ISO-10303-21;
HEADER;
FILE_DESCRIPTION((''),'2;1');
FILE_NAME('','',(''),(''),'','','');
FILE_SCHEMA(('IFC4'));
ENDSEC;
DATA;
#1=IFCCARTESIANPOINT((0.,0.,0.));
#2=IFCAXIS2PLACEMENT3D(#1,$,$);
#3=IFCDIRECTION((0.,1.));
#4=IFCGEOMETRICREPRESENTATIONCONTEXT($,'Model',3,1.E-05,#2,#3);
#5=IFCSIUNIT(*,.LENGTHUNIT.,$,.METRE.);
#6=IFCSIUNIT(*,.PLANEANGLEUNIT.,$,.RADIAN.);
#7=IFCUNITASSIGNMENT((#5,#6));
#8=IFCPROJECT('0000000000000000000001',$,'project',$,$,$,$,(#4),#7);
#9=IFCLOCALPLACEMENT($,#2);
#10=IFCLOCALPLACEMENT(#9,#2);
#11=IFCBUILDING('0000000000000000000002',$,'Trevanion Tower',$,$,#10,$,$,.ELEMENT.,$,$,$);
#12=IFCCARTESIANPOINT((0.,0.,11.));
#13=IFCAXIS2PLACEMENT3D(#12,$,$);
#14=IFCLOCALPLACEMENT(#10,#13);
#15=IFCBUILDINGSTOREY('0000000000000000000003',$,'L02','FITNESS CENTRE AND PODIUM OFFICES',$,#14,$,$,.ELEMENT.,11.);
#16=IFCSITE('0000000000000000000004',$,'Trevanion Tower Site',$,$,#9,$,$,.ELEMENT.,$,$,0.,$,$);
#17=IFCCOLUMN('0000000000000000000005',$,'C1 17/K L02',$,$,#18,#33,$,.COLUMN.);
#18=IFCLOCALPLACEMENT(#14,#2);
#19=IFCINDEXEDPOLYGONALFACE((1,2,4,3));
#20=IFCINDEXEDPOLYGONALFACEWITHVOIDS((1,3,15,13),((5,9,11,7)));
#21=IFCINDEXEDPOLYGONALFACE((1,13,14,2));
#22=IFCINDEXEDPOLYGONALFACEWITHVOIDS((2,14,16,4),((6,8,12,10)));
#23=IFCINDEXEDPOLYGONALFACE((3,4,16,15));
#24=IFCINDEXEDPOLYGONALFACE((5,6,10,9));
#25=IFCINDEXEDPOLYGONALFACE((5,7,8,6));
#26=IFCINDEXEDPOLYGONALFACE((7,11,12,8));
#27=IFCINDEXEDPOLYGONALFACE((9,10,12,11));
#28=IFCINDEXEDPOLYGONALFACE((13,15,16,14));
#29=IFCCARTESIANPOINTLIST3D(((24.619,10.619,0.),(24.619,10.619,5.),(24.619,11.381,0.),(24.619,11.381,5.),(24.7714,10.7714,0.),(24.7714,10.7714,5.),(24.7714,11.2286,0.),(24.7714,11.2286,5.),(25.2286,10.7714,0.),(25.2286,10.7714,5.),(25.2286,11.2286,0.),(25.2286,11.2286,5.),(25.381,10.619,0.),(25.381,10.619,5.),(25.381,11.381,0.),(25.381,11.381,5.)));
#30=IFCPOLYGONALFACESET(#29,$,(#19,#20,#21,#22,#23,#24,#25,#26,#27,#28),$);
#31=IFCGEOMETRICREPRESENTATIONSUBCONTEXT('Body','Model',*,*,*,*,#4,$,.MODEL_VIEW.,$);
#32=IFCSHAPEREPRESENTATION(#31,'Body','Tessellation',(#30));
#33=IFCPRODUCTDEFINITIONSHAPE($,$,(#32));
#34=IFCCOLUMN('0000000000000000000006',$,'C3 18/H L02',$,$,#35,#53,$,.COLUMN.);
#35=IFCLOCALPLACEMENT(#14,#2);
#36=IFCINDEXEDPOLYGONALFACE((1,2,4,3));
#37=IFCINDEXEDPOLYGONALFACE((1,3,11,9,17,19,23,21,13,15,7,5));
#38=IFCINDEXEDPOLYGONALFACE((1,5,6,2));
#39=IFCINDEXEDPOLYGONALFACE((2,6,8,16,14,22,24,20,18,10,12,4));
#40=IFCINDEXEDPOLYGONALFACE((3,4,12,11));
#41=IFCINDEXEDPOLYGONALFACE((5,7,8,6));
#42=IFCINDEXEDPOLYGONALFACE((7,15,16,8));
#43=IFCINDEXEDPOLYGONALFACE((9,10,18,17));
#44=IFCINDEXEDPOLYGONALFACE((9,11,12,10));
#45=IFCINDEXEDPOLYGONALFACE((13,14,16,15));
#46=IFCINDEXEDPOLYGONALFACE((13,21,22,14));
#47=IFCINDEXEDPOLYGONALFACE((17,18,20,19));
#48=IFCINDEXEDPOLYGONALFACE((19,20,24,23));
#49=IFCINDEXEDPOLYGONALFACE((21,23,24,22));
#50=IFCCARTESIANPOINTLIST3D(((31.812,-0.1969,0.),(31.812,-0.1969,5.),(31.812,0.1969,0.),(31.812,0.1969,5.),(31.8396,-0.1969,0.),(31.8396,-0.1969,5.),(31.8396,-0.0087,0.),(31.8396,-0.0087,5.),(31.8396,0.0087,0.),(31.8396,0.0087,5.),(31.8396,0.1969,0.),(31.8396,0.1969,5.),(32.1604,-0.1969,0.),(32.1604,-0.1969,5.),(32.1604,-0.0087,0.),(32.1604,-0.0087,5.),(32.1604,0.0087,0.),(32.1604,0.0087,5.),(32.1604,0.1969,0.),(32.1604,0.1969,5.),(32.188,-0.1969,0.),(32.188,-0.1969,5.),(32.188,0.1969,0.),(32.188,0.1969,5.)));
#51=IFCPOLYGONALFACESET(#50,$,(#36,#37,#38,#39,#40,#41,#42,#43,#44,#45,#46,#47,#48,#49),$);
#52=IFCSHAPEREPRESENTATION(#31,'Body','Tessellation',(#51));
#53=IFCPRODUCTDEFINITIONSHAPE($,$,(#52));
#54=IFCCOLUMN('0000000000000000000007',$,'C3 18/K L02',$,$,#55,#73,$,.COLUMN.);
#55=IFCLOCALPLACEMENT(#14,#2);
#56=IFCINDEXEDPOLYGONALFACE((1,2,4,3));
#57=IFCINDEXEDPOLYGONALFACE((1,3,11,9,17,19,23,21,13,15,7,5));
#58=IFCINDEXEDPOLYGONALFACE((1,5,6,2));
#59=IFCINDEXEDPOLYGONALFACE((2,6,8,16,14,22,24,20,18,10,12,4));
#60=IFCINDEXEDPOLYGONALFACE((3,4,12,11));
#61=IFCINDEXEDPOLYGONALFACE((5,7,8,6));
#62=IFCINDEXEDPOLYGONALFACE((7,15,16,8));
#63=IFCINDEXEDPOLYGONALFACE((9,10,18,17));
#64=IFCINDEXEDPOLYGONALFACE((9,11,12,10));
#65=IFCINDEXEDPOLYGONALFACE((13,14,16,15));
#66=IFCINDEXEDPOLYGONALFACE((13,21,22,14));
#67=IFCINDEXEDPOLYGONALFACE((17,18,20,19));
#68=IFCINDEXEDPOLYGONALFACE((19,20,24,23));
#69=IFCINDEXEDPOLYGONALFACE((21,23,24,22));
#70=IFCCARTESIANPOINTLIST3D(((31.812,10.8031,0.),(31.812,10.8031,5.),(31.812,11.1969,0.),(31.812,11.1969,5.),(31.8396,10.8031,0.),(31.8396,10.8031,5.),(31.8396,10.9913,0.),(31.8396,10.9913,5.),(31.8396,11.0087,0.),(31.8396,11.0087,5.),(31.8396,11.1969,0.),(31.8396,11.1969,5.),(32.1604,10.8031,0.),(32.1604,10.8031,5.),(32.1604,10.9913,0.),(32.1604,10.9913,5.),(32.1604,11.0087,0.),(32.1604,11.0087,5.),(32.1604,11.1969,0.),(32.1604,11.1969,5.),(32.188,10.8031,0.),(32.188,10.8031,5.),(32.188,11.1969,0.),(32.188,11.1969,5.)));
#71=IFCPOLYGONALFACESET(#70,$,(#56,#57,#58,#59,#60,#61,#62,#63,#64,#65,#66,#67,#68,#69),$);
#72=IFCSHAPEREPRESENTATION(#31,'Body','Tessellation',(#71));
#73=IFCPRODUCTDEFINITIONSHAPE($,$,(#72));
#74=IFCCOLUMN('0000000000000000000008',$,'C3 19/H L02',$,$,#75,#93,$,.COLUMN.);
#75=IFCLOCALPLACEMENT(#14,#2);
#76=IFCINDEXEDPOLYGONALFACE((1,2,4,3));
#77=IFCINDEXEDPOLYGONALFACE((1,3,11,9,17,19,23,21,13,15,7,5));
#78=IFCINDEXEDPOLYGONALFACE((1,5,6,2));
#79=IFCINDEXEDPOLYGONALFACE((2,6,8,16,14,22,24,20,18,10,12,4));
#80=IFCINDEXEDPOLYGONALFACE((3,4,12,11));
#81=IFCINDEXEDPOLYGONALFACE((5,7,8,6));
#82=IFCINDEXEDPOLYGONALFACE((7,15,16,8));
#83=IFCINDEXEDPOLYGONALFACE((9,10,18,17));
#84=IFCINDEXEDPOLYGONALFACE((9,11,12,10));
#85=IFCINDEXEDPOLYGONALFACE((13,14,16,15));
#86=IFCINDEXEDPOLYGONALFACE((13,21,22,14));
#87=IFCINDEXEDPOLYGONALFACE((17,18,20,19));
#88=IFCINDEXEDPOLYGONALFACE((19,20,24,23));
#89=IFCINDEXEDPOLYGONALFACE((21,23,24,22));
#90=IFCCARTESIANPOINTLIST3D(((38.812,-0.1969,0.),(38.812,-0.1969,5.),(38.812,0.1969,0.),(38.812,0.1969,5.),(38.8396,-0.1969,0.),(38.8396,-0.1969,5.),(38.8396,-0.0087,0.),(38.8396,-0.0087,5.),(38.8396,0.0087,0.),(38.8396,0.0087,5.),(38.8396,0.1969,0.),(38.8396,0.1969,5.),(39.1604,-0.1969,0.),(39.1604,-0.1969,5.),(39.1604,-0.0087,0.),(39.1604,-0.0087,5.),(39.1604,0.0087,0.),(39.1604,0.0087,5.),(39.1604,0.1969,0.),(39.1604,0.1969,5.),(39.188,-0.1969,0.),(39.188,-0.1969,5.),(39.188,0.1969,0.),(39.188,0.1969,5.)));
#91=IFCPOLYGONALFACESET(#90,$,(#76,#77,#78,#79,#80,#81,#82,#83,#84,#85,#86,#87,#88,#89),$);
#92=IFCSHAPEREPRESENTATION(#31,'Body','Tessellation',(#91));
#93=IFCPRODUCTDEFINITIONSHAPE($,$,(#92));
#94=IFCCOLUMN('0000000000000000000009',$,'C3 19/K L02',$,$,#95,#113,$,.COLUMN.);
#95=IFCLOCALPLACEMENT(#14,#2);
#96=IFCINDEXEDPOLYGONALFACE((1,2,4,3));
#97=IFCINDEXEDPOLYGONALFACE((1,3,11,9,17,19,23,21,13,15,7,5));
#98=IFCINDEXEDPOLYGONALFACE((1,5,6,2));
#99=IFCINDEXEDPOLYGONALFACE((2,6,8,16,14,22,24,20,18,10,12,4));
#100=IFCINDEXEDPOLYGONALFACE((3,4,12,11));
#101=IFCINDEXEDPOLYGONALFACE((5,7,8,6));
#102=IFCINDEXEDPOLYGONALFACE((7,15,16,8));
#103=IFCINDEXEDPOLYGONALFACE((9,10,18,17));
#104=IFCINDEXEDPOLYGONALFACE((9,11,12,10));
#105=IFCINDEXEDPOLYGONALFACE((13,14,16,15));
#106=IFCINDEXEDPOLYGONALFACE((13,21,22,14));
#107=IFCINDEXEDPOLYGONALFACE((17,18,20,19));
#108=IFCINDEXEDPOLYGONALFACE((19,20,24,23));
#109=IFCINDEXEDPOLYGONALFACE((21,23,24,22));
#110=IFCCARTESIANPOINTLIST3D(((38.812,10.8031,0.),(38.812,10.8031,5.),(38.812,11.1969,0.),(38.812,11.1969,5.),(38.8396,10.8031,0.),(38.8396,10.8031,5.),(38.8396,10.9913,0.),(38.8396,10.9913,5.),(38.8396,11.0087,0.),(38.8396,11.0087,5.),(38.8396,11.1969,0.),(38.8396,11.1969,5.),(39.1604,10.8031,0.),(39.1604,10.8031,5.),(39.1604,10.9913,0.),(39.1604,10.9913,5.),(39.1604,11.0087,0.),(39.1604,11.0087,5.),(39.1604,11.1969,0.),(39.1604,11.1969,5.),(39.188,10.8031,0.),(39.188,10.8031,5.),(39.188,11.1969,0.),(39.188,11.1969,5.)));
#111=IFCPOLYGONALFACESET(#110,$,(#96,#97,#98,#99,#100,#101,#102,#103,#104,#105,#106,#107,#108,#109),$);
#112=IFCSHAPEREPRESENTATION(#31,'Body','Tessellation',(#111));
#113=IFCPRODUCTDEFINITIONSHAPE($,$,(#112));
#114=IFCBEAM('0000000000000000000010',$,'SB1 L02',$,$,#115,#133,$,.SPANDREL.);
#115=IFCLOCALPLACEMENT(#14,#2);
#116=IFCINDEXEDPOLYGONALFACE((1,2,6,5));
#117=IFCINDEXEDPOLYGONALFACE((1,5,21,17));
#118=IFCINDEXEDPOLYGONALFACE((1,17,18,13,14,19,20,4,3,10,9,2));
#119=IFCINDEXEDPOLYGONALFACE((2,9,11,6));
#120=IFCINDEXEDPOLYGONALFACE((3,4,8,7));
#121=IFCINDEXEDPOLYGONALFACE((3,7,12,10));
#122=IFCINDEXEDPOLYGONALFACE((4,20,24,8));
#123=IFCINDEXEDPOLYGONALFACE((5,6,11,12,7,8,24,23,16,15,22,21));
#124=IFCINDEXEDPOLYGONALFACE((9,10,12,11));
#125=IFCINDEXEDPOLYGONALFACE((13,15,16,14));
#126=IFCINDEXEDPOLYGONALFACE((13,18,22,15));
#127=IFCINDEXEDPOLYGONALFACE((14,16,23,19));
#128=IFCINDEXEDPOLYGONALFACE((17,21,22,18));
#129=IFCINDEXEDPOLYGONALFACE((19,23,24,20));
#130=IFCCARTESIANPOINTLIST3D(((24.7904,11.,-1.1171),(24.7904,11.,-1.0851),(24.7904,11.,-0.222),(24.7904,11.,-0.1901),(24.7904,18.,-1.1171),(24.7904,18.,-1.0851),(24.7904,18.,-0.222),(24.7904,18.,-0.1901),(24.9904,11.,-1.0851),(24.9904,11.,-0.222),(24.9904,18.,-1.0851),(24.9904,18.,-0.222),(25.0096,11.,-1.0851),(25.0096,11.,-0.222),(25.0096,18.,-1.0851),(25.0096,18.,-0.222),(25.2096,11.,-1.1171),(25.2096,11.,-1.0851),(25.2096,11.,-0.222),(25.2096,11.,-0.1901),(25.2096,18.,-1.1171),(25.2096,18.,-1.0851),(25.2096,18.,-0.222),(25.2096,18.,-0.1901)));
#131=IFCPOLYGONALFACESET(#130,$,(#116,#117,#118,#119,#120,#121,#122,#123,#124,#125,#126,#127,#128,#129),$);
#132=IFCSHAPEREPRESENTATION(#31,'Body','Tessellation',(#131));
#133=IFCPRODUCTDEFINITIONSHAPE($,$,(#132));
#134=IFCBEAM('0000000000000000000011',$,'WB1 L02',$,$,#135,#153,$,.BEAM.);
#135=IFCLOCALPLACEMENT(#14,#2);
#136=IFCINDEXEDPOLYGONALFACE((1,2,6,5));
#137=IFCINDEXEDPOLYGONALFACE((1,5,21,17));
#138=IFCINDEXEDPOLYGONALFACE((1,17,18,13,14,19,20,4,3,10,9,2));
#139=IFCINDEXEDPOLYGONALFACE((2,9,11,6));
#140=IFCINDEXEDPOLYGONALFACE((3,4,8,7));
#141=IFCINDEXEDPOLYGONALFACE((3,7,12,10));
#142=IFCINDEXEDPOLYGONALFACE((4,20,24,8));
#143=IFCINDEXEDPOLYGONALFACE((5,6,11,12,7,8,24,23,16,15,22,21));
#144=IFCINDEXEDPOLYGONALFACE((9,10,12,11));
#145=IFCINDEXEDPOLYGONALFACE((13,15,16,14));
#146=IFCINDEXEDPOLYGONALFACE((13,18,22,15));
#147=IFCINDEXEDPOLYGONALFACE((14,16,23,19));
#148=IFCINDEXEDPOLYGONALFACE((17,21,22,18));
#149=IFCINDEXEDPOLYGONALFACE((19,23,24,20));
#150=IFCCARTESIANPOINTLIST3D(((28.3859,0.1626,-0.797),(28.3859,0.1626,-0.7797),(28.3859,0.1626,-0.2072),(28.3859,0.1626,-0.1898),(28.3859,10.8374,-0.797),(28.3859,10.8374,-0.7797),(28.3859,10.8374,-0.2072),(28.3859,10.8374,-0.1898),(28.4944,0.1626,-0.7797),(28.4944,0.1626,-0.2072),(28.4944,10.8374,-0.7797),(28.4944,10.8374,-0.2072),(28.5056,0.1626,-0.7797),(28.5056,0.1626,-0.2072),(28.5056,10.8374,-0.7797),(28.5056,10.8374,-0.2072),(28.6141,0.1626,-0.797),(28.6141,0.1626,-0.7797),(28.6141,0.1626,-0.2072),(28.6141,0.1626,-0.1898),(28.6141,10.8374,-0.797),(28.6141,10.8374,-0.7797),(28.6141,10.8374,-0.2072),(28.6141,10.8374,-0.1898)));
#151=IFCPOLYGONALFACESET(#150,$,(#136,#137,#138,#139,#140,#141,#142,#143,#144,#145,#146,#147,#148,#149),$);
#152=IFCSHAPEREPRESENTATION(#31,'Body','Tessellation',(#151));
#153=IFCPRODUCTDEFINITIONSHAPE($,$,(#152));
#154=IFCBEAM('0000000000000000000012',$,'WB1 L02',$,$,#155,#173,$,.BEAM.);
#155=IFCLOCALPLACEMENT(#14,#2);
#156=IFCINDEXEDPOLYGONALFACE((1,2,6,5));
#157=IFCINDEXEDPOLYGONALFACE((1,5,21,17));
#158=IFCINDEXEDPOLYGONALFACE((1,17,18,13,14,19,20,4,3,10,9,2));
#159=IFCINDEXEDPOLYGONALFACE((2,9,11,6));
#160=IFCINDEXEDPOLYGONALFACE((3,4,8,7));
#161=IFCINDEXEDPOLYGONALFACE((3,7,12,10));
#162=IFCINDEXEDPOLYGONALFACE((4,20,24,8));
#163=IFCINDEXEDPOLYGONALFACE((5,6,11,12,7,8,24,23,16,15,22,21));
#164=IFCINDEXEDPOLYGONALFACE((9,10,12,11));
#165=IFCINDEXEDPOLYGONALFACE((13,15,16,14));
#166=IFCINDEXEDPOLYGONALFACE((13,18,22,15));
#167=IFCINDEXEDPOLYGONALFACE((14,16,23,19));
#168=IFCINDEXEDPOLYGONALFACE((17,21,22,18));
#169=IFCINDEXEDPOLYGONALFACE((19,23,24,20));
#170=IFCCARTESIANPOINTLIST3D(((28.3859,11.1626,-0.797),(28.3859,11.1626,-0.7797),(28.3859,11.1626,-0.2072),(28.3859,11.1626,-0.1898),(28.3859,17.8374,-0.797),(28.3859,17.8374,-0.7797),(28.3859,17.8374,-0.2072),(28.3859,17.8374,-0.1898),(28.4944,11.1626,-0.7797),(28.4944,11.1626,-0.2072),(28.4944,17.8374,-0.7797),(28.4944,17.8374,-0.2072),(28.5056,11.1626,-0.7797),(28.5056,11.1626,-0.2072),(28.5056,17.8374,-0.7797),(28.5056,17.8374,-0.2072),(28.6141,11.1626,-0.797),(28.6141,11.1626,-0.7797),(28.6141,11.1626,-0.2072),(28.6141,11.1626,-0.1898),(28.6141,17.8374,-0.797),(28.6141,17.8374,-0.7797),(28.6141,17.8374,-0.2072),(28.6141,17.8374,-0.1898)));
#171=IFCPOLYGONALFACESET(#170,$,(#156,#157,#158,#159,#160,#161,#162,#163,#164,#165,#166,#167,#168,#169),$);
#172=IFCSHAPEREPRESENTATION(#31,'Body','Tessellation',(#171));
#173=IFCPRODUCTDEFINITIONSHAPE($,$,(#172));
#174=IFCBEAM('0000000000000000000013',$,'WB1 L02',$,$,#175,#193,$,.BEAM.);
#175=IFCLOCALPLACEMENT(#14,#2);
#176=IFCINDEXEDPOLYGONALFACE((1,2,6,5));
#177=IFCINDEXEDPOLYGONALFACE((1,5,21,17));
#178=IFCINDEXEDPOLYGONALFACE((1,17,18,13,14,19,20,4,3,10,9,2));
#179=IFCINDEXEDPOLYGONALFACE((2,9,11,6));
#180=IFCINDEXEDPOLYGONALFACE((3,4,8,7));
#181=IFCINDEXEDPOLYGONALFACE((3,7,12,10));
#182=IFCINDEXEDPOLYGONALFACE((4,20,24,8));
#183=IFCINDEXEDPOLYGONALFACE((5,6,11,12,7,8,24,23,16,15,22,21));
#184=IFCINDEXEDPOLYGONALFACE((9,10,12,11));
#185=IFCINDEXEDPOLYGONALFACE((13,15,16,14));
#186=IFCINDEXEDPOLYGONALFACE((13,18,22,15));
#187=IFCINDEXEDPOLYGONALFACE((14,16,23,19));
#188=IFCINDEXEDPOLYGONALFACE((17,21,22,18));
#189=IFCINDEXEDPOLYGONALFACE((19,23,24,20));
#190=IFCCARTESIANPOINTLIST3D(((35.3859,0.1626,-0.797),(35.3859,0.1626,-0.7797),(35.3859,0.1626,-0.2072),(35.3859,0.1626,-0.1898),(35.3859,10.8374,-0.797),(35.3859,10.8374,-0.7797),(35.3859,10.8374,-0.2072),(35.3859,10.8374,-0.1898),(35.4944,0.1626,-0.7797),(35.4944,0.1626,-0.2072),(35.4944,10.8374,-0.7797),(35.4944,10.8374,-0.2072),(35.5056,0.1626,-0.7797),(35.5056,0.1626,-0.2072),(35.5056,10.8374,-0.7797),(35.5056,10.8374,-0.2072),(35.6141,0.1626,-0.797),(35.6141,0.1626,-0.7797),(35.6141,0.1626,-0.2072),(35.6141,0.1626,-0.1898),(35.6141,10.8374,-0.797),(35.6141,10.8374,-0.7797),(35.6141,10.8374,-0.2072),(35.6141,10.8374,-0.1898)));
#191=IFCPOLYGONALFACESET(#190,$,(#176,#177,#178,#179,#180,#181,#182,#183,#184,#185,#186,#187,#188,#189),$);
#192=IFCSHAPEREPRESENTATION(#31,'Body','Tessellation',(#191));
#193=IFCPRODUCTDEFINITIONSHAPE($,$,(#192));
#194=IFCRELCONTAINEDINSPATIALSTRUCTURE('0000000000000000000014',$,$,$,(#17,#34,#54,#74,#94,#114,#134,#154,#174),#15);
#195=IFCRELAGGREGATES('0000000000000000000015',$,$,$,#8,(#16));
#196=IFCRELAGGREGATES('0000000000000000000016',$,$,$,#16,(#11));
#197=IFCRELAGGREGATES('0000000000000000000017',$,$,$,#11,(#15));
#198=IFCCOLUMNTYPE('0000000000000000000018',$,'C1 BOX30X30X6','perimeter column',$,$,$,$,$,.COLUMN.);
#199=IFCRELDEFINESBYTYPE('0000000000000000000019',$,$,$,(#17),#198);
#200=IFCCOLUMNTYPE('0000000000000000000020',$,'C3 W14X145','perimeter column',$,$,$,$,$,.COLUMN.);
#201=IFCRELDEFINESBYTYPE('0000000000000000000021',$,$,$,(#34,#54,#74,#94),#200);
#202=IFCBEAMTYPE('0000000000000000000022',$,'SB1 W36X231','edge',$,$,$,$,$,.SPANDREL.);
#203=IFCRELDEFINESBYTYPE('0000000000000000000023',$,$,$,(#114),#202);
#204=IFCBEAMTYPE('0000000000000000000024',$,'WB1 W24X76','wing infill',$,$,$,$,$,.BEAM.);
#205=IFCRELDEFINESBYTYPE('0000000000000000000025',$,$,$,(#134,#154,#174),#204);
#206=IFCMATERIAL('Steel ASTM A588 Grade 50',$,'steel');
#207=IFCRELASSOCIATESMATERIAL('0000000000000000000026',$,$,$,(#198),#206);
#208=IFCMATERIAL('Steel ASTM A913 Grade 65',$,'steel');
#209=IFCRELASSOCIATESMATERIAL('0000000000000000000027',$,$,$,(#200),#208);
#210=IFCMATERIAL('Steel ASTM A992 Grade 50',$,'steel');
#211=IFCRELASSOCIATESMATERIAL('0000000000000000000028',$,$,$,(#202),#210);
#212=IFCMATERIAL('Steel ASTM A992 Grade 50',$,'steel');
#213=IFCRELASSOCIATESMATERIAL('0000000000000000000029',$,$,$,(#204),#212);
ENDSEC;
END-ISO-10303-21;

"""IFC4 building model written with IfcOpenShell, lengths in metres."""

from ifc_helpers import new_model, si_unit, direction, frame, origin, origin_2d, place, context, subcontext, project, spatial, hollow_rectangle, i_section, extrude, material, material_profile, profile_set, type_object, element, save


model = new_model("IFC4")

# Units and contexts
model_context = context("Model", 3, precision=1e-05, world=origin(), true_north=direction((0.0, 1.0)))
body_context = subcontext(model_context, "Body", "Model", "MODEL_VIEW")
ifc_project = project(units=[si_unit("LENGTHUNIT", "METRE"), si_unit("PLANEANGLEUNIT", "RADIAN")], contexts=[model_context])

# Site, building, storey
site_placement = place(None, origin())
site = spatial("IfcSite", under=ifc_project, at=site_placement, Name="Trevanion Tower Site", CompositionType="ELEMENT", RefElevation=0.0)
building_placement = place(site_placement, origin())
building = spatial("IfcBuilding", under=site, at=building_placement, Name="Trevanion Tower", CompositionType="ELEMENT")
storey_placement = place(building_placement, frame((0.0, 0.0, 11.0)))
storey = spatial("IfcBuildingStorey", under=building, at=storey_placement, Name="L02", Description="FITNESS CENTRE AND PODIUM OFFICES", CompositionType="ELEMENT", Elevation=11.0)

# Columns
ifc_material_1 = material(Name="Steel ASTM A588 Grade 50", Category="steel")
ifc_material_profile_1 = material_profile(ifc_material_1, hollow_rectangle(XDim=0.762, YDim=0.762, WallThickness=0.1523, at=origin_2d()), Name="BOX30X30X6")
ifc_profile_set_1 = profile_set([ifc_material_profile_1], Name="Steel ASTM A588 Grade 50")
column_type_1 = type_object("IfcColumnType", Name="C1 BOX30X30X6", Description="perimeter column", PredefinedType="COLUMN", material=ifc_profile_set_1)
column_placement = place(storey_placement, frame((25.0, 11.0, 0.0), z_axis=(0.0, 0.0, 1.0), x_axis=(0.0, 1.0, 0.0)))
element("IfcColumn", 1, at=column_placement, inside=storey, type_object=column_type_1, Name="C1 17/K L02", PredefinedType="COLUMN", context=body_context, shape_type="SweptSolid", body=[
    extrude(hollow_rectangle(XDim=0.762, YDim=0.762, WallThickness=0.1523, at=origin_2d()), origin(), (0.0, 0.0, 1.0), 5.0),
])
ifc_material_2 = material(Name="Steel ASTM A913 Grade 65", Category="steel")
ifc_material_profile_2 = material_profile(ifc_material_2, i_section(OverallWidth=0.3938, OverallDepth=0.376, WebThickness=0.0173, FlangeThickness=0.0276, at=origin_2d()), Name="W14X145")
ifc_profile_set_2 = profile_set([ifc_material_profile_2], Name="Steel ASTM A913 Grade 65")
column_type_2 = type_object("IfcColumnType", Name="C3 W14X145", Description="perimeter column", PredefinedType="COLUMN", material=ifc_profile_set_2)
for number, where, z_axis, x_axis, name in (
    (2, (32.0, 0.0, 0.0), (0.0, 0.0, 1.0), (0.0, 1.0, 0.0), "C3 18/H L02"),
    (3, (32.0, 11.0, 0.0), (0.0, 0.0, 1.0), (0.0, 1.0, 0.0), "C3 18/K L02"),
    (4, (39.0, 0.0, 0.0), (0.0, 0.0, 1.0), (0.0, 1.0, 0.0), "C3 19/H L02"),
    (5, (39.0, 11.0, 0.0), (0.0, 0.0, 1.0), (0.0, 1.0, 0.0), "C3 19/K L02"),
):
    element("IfcColumn", number, at=place(storey_placement, frame(where, z_axis=z_axis, x_axis=x_axis)), inside=storey, type_object=column_type_2, Name=name, PredefinedType="COLUMN", context=body_context, shape_type="SweptSolid", body=[
        extrude(i_section(OverallWidth=0.3938, OverallDepth=0.376, WebThickness=0.0173, FlangeThickness=0.0276, at=origin_2d()), origin(), (0.0, 0.0, 1.0), 5.0),
    ])

# Beams
ifc_material_3 = material(Name="Steel ASTM A992 Grade 50", Category="steel")
ifc_material_profile_3 = material_profile(ifc_material_3, i_section(OverallWidth=0.4192, OverallDepth=0.927, WebThickness=0.0193, FlangeThickness=0.032, at=origin_2d()), Name="W36X231")
ifc_profile_set_3 = profile_set([ifc_material_profile_3], Name="Steel ASTM A992 Grade 50")
beam_type_1 = type_object("IfcBeamType", Name="SB1 W36X231", Description="edge", PredefinedType="SPANDREL", material=ifc_profile_set_3)
beam_1_placement = place(storey_placement, frame((25.0, 11.0, -0.6536), z_axis=(0.0, 1.0, 0.0), x_axis=(-1.0, 0.0, 0.0)))
element("IfcBeam", 6, at=beam_1_placement, inside=storey, type_object=beam_type_1, Name="SB1 L02", PredefinedType="SPANDREL", context=body_context, shape_type="SweptSolid", body=[
    extrude(i_section(OverallWidth=0.4192, OverallDepth=0.927, WebThickness=0.0193, FlangeThickness=0.032, at=origin_2d()), origin(), (0.0, 0.0, 1.0), 7.0),
])
ifc_material_4 = material(Name="Steel ASTM A992 Grade 50", Category="steel")
ifc_material_profile_4 = material_profile(ifc_material_4, i_section(OverallWidth=0.2283, OverallDepth=0.6072, WebThickness=0.0112, FlangeThickness=0.0173, at=origin_2d()), Name="W24X76")
ifc_profile_set_4 = profile_set([ifc_material_profile_4], Name="Steel ASTM A992 Grade 50")
beam_type_2 = type_object("IfcBeamType", Name="WB1 W24X76", Description="wing infill", PredefinedType="BEAM", material=ifc_profile_set_4)
beam_2_placement = place(storey_placement, frame((28.5, 0.1626, -0.4934), z_axis=(0.0, 1.0, 0.0), x_axis=(-1.0, 0.0, 0.0)))
element("IfcBeam", 7, at=beam_2_placement, inside=storey, type_object=beam_type_2, Name="WB1 L02", PredefinedType="BEAM", context=body_context, shape_type="SweptSolid", body=[
    extrude(i_section(OverallWidth=0.2283, OverallDepth=0.6072, WebThickness=0.0112, FlangeThickness=0.0173, at=origin_2d()), origin(), (0.0, 0.0, 1.0), 10.6748),
])
beam_3_placement = place(storey_placement, frame((28.5, 11.1626, -0.4934), z_axis=(0.0, 1.0, 0.0), x_axis=(-1.0, 0.0, 0.0)))
element("IfcBeam", 8, at=beam_3_placement, inside=storey, type_object=beam_type_2, Name="WB1 L02", PredefinedType="BEAM", context=body_context, shape_type="SweptSolid", body=[
    extrude(i_section(OverallWidth=0.2283, OverallDepth=0.6072, WebThickness=0.0112, FlangeThickness=0.0173, at=origin_2d()), origin(), (0.0, 0.0, 1.0), 6.6748),
])
beam_4_placement = place(storey_placement, frame((35.5, 0.1626, -0.4934), z_axis=(0.0, 1.0, 0.0), x_axis=(-1.0, 0.0, 0.0)))
element("IfcBeam", 9, at=beam_4_placement, inside=storey, type_object=beam_type_2, Name="WB1 L02", PredefinedType="BEAM", context=body_context, shape_type="SweptSolid", body=[
    extrude(i_section(OverallWidth=0.2283, OverallDepth=0.6072, WebThickness=0.0112, FlangeThickness=0.0173, at=origin_2d()), origin(), (0.0, 0.0, 1.0), 10.6748),
])

save(model, "model.ifc")
